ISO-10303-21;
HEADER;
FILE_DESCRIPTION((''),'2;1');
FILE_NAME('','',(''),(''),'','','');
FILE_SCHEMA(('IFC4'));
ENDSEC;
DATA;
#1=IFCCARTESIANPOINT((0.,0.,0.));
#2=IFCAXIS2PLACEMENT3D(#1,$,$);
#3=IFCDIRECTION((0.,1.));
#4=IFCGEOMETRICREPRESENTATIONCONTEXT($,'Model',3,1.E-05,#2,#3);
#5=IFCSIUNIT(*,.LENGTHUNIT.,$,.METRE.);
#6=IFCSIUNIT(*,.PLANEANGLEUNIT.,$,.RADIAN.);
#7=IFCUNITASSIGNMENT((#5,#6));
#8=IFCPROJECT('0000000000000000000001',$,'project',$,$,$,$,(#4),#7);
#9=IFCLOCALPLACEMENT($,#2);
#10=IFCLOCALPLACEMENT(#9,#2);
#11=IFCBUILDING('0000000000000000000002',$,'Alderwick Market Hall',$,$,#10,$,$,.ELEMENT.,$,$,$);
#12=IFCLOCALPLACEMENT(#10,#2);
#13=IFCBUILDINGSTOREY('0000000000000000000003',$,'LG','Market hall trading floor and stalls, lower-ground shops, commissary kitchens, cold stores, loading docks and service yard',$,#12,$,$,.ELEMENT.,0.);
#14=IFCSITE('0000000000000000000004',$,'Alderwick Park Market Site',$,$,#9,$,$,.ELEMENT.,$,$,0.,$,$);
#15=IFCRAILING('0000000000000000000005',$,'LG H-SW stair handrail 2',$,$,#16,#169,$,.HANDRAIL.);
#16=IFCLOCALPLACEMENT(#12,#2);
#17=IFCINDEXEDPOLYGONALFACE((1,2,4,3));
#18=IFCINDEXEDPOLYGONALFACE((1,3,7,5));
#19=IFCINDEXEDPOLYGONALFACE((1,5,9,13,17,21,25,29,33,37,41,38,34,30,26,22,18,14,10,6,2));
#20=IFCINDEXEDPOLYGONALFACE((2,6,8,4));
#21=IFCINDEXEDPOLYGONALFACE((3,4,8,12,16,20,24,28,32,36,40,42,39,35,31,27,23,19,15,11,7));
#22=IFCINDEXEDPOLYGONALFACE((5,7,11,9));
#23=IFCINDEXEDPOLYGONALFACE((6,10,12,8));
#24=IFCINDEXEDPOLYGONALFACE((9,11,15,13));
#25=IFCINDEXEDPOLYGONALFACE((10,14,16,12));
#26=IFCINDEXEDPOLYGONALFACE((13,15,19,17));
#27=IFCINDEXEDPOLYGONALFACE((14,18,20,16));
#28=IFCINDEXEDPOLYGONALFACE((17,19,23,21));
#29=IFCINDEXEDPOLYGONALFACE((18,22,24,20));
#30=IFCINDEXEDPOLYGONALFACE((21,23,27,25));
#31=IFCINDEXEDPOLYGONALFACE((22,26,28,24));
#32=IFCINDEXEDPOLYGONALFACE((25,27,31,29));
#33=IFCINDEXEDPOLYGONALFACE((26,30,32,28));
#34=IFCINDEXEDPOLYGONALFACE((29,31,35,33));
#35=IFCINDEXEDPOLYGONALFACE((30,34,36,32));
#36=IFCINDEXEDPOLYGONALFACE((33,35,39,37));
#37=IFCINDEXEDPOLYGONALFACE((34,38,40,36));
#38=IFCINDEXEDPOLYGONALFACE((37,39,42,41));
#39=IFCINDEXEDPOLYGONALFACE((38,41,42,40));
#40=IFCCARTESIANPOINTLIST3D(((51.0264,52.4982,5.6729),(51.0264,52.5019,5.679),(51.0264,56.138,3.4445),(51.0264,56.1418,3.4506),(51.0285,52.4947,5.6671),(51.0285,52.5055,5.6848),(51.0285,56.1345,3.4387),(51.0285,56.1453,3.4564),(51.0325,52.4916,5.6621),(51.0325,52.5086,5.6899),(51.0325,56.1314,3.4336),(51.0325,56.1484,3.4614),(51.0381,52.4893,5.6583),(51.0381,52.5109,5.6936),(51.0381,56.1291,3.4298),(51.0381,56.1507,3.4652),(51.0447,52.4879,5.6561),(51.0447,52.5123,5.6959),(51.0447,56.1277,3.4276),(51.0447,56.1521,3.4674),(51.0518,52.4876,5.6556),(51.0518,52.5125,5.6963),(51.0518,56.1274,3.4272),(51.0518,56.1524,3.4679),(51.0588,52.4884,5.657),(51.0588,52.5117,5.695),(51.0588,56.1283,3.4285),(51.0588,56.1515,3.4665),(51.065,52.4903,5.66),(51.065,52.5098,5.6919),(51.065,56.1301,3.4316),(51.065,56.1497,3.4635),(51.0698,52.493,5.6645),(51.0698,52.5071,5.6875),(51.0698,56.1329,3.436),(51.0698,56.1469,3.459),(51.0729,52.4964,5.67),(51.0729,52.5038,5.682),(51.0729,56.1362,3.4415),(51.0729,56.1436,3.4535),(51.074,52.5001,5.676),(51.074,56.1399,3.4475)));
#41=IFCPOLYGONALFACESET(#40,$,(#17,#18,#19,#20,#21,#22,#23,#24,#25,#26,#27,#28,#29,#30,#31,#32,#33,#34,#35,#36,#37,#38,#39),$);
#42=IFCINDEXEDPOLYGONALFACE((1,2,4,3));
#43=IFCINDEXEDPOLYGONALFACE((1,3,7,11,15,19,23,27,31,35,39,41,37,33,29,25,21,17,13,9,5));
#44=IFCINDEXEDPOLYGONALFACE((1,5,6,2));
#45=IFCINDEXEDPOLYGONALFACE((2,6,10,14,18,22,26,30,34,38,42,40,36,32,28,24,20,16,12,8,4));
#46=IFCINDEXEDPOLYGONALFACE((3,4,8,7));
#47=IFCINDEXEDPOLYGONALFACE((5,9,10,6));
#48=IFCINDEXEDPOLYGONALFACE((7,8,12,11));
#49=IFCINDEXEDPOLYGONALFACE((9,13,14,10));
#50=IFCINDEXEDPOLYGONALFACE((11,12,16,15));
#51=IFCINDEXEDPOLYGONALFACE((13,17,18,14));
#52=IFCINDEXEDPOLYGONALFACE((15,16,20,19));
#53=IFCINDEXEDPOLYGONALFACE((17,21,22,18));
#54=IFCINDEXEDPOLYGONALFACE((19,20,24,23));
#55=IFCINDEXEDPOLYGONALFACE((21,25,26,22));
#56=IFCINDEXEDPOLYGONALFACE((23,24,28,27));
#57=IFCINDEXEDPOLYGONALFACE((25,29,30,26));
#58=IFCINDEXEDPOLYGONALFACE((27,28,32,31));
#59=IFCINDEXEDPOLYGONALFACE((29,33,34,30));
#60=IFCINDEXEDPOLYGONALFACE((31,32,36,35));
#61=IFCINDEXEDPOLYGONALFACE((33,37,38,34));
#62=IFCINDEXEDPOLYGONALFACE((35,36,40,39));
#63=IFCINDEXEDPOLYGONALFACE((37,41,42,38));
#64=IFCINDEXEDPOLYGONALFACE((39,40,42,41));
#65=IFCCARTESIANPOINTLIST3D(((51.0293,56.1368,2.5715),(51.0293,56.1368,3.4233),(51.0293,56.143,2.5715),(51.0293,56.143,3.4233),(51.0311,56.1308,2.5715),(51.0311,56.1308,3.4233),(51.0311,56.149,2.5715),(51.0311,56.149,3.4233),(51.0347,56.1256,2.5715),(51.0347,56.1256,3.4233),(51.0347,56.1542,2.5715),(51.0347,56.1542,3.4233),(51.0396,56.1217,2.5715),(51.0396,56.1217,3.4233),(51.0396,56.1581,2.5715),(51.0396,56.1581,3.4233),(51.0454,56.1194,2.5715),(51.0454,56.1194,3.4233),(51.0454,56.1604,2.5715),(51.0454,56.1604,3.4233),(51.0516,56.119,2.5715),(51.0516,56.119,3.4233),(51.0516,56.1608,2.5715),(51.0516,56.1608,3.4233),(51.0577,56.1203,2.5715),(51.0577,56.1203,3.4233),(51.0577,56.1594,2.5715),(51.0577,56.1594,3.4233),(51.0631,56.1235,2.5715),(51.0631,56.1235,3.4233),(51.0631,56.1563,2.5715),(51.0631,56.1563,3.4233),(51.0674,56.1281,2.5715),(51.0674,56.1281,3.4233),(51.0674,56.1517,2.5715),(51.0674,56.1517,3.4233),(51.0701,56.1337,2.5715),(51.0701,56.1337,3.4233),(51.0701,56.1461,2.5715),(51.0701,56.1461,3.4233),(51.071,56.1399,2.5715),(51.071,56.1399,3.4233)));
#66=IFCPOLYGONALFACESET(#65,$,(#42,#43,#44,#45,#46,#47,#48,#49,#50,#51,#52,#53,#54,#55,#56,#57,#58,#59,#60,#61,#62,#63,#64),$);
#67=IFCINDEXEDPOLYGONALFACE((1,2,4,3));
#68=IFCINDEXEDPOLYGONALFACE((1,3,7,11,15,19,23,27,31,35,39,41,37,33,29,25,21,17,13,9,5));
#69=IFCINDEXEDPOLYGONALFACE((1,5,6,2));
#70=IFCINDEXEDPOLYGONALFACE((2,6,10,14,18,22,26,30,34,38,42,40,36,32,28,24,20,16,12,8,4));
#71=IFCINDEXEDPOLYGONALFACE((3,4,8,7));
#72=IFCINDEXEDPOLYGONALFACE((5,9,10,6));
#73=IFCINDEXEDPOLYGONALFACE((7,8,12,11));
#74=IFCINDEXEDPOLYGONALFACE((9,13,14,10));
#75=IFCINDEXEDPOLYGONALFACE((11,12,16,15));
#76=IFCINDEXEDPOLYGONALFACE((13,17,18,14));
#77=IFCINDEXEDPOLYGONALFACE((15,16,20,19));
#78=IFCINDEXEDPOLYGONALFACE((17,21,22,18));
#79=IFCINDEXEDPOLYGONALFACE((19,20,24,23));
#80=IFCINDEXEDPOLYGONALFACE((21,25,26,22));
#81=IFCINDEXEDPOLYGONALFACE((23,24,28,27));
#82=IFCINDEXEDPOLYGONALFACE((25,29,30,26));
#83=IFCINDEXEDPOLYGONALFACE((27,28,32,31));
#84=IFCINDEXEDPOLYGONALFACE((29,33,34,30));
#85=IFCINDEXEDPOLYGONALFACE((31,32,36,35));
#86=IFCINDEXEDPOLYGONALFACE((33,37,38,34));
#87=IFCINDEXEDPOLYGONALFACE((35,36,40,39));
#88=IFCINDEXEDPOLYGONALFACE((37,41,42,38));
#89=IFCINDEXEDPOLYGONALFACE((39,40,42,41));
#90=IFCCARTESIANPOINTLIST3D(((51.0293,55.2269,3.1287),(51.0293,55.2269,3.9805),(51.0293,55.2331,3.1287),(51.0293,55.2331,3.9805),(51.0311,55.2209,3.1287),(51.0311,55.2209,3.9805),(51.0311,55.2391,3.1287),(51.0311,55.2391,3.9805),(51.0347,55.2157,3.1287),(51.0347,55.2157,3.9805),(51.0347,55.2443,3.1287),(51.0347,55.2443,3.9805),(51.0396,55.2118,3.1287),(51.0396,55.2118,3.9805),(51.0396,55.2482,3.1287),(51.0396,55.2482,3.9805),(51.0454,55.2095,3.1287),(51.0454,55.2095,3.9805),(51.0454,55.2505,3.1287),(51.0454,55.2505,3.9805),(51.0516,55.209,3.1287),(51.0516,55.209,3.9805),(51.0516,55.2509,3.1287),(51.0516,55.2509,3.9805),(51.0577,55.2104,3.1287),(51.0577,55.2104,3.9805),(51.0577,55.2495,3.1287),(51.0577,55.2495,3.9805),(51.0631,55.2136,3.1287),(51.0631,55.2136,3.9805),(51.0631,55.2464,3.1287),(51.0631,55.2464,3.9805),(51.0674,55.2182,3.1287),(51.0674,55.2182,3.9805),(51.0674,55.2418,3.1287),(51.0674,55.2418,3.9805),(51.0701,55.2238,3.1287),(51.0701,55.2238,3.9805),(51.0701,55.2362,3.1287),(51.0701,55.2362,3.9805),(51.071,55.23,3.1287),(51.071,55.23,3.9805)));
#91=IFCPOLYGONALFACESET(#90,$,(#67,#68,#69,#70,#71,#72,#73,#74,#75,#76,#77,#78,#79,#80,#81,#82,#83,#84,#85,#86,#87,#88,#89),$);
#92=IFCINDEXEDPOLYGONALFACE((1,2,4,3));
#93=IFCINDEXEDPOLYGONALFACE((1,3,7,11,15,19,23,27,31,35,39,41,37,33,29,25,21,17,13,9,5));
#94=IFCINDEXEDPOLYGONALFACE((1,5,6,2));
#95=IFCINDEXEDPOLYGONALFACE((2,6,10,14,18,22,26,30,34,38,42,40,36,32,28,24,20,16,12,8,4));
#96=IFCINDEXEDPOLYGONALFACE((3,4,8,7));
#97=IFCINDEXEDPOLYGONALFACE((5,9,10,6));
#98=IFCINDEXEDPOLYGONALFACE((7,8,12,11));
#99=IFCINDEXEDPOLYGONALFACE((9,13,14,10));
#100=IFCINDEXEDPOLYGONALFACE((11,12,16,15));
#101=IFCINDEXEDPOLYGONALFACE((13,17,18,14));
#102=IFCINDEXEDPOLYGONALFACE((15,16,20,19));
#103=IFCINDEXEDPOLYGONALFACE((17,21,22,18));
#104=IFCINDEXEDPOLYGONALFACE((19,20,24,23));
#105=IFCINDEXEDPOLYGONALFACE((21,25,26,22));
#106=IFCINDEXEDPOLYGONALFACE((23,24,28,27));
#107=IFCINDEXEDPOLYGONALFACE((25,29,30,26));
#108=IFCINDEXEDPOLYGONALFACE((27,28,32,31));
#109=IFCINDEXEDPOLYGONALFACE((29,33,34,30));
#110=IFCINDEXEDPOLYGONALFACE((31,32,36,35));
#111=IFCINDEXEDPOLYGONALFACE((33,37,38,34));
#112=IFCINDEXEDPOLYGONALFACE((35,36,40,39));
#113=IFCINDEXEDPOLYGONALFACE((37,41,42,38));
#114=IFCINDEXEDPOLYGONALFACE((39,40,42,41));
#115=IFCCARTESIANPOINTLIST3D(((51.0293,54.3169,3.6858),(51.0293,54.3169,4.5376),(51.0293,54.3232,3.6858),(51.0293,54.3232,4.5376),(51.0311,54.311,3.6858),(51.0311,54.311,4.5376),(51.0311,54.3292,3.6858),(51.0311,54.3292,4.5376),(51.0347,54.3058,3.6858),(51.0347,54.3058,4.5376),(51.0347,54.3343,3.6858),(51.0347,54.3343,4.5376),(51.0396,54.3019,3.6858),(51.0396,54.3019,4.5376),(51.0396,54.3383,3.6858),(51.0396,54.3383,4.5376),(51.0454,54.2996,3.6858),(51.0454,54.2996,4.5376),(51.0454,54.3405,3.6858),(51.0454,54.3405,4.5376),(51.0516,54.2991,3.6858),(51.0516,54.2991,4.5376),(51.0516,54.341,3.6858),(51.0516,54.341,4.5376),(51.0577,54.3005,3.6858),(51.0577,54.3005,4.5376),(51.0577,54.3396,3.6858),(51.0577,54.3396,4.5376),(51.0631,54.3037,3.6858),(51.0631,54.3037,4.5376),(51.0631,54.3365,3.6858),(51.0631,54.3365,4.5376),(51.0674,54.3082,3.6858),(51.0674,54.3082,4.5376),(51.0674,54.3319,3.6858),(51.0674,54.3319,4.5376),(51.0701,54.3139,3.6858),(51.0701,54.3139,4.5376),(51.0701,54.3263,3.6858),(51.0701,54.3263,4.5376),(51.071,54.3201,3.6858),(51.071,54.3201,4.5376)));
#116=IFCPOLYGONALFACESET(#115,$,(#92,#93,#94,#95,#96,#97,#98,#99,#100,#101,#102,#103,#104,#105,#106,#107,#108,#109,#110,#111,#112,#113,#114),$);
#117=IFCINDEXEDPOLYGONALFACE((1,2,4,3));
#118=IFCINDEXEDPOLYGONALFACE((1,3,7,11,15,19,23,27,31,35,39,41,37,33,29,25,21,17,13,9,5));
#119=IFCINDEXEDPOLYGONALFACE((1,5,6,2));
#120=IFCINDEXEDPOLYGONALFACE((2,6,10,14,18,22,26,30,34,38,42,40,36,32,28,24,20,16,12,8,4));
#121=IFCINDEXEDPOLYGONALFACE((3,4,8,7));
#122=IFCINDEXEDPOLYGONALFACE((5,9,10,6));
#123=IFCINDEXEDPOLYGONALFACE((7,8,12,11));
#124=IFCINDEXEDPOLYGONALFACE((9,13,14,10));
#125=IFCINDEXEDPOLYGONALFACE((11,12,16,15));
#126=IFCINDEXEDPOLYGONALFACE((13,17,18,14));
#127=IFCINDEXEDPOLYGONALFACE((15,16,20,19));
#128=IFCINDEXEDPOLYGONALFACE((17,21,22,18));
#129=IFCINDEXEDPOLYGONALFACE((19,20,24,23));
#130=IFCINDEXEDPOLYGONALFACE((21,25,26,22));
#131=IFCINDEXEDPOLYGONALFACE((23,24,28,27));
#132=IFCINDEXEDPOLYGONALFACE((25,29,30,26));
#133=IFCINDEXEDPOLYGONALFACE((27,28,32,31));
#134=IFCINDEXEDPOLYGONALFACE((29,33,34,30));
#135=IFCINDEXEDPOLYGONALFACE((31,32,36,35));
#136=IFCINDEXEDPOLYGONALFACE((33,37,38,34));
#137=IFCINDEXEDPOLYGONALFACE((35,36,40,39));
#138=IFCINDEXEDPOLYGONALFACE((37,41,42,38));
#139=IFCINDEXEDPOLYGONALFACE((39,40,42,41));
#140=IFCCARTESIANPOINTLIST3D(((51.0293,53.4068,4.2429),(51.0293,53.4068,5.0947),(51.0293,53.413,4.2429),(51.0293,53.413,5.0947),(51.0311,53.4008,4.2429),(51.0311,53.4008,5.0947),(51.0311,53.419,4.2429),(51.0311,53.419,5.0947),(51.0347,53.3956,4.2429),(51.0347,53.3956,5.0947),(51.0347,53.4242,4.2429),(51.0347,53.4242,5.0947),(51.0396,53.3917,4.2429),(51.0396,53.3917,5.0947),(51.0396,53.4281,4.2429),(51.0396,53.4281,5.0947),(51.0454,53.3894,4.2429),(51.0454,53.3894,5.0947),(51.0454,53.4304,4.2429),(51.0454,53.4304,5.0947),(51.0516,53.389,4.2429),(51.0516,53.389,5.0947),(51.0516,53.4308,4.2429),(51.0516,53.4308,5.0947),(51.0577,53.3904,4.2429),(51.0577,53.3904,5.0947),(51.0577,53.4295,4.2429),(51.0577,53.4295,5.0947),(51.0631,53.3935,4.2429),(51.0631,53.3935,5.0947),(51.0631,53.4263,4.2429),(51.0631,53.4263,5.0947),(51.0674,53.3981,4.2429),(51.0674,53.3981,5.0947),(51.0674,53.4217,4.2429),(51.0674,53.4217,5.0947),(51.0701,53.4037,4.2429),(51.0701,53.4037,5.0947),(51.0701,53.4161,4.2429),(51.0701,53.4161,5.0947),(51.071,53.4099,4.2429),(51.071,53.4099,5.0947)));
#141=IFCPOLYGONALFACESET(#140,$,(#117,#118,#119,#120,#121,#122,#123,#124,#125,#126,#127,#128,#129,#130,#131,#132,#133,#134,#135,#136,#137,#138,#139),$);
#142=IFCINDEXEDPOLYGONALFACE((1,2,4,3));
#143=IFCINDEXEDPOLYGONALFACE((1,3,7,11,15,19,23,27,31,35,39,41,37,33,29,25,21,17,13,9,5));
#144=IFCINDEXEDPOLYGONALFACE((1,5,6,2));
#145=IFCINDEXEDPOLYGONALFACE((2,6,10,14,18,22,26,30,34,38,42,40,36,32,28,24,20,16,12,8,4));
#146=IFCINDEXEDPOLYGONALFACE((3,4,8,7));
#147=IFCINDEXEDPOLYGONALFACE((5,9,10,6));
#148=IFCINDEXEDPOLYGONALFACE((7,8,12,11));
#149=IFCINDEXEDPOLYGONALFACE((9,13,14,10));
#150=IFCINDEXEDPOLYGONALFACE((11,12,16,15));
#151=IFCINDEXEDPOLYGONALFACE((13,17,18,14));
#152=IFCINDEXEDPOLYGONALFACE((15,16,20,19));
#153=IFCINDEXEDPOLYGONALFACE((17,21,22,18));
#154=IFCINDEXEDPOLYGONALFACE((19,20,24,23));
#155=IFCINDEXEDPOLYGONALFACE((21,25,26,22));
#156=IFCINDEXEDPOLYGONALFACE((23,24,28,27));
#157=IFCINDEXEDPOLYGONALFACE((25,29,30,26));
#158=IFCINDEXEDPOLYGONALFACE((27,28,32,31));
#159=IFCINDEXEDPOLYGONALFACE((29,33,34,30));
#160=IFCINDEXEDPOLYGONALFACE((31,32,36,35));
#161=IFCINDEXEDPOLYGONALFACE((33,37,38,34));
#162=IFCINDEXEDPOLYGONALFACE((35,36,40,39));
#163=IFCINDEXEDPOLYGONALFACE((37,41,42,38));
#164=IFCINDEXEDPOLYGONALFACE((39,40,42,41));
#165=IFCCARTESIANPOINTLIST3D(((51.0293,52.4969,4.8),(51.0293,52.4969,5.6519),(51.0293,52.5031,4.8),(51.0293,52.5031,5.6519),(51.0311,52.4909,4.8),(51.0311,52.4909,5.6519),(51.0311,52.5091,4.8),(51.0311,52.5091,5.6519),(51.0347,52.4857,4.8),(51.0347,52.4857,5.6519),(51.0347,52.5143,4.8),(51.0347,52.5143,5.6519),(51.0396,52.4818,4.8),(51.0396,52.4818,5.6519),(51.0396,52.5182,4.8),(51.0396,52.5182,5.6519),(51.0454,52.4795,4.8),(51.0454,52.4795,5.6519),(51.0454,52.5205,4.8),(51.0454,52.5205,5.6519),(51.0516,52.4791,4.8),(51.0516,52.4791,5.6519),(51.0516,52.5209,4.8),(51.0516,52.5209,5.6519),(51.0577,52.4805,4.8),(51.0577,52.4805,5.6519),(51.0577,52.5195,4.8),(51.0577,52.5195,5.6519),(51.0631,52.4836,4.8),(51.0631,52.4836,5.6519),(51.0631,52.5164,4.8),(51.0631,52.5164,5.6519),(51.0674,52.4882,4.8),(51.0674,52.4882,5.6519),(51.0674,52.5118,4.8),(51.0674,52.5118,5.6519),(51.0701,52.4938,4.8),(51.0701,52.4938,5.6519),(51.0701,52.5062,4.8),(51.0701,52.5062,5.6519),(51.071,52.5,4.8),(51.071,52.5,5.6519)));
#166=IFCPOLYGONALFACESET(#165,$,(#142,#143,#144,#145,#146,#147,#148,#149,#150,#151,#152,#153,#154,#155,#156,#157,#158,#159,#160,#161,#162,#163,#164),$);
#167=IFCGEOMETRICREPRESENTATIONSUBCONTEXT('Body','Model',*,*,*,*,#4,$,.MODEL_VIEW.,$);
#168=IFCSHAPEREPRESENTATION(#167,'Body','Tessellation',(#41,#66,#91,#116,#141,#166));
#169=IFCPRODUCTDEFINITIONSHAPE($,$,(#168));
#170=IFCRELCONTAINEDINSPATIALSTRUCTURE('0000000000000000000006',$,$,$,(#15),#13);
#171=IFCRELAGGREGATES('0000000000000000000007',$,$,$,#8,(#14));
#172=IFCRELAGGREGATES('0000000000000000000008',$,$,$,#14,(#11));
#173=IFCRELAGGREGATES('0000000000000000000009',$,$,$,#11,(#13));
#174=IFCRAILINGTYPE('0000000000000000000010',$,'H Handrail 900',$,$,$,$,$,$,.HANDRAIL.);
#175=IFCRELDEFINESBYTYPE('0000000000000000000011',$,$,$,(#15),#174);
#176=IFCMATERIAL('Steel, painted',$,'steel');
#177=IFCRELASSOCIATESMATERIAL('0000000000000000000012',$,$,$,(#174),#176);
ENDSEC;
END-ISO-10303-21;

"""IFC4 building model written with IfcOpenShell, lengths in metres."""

from ifc_helpers import new_model, si_unit, direction, frame, origin, origin_2d, place, context, subcontext, project, spatial, circle, extrude, material, type_object, element, save


model = new_model("IFC4")

# Units and contexts
model_context = context("Model", 3, precision=1e-05, world=origin(), true_north=direction((0.0, 1.0)))
body_context = subcontext(model_context, "Body", "Model", "MODEL_VIEW")
ifc_project = project(units=[si_unit("LENGTHUNIT", "METRE"), si_unit("PLANEANGLEUNIT", "RADIAN")], contexts=[model_context])

# Site, building, storey
site_placement = place(None, origin())
site = spatial("IfcSite", under=ifc_project, at=site_placement, Name="Alderwick Park Market Site", CompositionType="ELEMENT", RefElevation=0.0)
building_placement = place(site_placement, origin())
building = spatial("IfcBuilding", under=site, at=building_placement, Name="Alderwick Market Hall", CompositionType="ELEMENT")
storey_placement = place(building_placement, origin())
storey = spatial("IfcBuildingStorey", under=building, at=storey_placement, Name="LG", Description="Market hall trading floor and stalls, lower-ground shops, commissary kitchens, cold stores, loading docks and service yard", CompositionType="ELEMENT", Elevation=0.0)

# Railing
ifc_material_1 = material(Name="Steel, painted", Category="steel")
railing_type_1 = type_object("IfcRailingType", Name="H Handrail 900", PredefinedType="HANDRAIL", material=ifc_material_1)
railing_1_placement = place(storey_placement, frame((51.05, 56.1399, 2.5715)))
element("IfcRailing", 1, at=railing_1_placement, inside=storey, type_object=railing_type_1, Name="LG H-SW stair handrail 2", PredefinedType="HANDRAIL", context=body_context, shape_type="SweptSolid", body=[
    extrude(circle(Radius=0.0239, at=origin_2d()), frame((0.0, 0.0, 0.876), z_axis=(0.0, -0.85285, 0.522156), x_axis=(1.0, 0.0, 0.0)), (0.0, 0.0, 1.0), 4.2678),
    extrude(circle(Radius=0.021, at=origin_2d()), origin(), (0.0, 0.0, 1.0), 0.8518),
    extrude(circle(Radius=0.021, at=origin_2d()), frame((0.0, -0.9099, 0.5571)), (0.0, 0.0, 1.0), 0.8518),
    extrude(circle(Radius=0.021, at=origin_2d()), frame((0.0, -1.8198, 1.1143)), (0.0, 0.0, 1.0), 0.8518),
    extrude(circle(Radius=0.021, at=origin_2d()), frame((0.0, -2.73, 1.6714)), (0.0, 0.0, 1.0), 0.8518),
    extrude(circle(Radius=0.021, at=origin_2d()), frame((0.0, -3.6399, 2.2285)), (0.0, 0.0, 1.0), 0.8518),
])

save(model, "model.ifc")
